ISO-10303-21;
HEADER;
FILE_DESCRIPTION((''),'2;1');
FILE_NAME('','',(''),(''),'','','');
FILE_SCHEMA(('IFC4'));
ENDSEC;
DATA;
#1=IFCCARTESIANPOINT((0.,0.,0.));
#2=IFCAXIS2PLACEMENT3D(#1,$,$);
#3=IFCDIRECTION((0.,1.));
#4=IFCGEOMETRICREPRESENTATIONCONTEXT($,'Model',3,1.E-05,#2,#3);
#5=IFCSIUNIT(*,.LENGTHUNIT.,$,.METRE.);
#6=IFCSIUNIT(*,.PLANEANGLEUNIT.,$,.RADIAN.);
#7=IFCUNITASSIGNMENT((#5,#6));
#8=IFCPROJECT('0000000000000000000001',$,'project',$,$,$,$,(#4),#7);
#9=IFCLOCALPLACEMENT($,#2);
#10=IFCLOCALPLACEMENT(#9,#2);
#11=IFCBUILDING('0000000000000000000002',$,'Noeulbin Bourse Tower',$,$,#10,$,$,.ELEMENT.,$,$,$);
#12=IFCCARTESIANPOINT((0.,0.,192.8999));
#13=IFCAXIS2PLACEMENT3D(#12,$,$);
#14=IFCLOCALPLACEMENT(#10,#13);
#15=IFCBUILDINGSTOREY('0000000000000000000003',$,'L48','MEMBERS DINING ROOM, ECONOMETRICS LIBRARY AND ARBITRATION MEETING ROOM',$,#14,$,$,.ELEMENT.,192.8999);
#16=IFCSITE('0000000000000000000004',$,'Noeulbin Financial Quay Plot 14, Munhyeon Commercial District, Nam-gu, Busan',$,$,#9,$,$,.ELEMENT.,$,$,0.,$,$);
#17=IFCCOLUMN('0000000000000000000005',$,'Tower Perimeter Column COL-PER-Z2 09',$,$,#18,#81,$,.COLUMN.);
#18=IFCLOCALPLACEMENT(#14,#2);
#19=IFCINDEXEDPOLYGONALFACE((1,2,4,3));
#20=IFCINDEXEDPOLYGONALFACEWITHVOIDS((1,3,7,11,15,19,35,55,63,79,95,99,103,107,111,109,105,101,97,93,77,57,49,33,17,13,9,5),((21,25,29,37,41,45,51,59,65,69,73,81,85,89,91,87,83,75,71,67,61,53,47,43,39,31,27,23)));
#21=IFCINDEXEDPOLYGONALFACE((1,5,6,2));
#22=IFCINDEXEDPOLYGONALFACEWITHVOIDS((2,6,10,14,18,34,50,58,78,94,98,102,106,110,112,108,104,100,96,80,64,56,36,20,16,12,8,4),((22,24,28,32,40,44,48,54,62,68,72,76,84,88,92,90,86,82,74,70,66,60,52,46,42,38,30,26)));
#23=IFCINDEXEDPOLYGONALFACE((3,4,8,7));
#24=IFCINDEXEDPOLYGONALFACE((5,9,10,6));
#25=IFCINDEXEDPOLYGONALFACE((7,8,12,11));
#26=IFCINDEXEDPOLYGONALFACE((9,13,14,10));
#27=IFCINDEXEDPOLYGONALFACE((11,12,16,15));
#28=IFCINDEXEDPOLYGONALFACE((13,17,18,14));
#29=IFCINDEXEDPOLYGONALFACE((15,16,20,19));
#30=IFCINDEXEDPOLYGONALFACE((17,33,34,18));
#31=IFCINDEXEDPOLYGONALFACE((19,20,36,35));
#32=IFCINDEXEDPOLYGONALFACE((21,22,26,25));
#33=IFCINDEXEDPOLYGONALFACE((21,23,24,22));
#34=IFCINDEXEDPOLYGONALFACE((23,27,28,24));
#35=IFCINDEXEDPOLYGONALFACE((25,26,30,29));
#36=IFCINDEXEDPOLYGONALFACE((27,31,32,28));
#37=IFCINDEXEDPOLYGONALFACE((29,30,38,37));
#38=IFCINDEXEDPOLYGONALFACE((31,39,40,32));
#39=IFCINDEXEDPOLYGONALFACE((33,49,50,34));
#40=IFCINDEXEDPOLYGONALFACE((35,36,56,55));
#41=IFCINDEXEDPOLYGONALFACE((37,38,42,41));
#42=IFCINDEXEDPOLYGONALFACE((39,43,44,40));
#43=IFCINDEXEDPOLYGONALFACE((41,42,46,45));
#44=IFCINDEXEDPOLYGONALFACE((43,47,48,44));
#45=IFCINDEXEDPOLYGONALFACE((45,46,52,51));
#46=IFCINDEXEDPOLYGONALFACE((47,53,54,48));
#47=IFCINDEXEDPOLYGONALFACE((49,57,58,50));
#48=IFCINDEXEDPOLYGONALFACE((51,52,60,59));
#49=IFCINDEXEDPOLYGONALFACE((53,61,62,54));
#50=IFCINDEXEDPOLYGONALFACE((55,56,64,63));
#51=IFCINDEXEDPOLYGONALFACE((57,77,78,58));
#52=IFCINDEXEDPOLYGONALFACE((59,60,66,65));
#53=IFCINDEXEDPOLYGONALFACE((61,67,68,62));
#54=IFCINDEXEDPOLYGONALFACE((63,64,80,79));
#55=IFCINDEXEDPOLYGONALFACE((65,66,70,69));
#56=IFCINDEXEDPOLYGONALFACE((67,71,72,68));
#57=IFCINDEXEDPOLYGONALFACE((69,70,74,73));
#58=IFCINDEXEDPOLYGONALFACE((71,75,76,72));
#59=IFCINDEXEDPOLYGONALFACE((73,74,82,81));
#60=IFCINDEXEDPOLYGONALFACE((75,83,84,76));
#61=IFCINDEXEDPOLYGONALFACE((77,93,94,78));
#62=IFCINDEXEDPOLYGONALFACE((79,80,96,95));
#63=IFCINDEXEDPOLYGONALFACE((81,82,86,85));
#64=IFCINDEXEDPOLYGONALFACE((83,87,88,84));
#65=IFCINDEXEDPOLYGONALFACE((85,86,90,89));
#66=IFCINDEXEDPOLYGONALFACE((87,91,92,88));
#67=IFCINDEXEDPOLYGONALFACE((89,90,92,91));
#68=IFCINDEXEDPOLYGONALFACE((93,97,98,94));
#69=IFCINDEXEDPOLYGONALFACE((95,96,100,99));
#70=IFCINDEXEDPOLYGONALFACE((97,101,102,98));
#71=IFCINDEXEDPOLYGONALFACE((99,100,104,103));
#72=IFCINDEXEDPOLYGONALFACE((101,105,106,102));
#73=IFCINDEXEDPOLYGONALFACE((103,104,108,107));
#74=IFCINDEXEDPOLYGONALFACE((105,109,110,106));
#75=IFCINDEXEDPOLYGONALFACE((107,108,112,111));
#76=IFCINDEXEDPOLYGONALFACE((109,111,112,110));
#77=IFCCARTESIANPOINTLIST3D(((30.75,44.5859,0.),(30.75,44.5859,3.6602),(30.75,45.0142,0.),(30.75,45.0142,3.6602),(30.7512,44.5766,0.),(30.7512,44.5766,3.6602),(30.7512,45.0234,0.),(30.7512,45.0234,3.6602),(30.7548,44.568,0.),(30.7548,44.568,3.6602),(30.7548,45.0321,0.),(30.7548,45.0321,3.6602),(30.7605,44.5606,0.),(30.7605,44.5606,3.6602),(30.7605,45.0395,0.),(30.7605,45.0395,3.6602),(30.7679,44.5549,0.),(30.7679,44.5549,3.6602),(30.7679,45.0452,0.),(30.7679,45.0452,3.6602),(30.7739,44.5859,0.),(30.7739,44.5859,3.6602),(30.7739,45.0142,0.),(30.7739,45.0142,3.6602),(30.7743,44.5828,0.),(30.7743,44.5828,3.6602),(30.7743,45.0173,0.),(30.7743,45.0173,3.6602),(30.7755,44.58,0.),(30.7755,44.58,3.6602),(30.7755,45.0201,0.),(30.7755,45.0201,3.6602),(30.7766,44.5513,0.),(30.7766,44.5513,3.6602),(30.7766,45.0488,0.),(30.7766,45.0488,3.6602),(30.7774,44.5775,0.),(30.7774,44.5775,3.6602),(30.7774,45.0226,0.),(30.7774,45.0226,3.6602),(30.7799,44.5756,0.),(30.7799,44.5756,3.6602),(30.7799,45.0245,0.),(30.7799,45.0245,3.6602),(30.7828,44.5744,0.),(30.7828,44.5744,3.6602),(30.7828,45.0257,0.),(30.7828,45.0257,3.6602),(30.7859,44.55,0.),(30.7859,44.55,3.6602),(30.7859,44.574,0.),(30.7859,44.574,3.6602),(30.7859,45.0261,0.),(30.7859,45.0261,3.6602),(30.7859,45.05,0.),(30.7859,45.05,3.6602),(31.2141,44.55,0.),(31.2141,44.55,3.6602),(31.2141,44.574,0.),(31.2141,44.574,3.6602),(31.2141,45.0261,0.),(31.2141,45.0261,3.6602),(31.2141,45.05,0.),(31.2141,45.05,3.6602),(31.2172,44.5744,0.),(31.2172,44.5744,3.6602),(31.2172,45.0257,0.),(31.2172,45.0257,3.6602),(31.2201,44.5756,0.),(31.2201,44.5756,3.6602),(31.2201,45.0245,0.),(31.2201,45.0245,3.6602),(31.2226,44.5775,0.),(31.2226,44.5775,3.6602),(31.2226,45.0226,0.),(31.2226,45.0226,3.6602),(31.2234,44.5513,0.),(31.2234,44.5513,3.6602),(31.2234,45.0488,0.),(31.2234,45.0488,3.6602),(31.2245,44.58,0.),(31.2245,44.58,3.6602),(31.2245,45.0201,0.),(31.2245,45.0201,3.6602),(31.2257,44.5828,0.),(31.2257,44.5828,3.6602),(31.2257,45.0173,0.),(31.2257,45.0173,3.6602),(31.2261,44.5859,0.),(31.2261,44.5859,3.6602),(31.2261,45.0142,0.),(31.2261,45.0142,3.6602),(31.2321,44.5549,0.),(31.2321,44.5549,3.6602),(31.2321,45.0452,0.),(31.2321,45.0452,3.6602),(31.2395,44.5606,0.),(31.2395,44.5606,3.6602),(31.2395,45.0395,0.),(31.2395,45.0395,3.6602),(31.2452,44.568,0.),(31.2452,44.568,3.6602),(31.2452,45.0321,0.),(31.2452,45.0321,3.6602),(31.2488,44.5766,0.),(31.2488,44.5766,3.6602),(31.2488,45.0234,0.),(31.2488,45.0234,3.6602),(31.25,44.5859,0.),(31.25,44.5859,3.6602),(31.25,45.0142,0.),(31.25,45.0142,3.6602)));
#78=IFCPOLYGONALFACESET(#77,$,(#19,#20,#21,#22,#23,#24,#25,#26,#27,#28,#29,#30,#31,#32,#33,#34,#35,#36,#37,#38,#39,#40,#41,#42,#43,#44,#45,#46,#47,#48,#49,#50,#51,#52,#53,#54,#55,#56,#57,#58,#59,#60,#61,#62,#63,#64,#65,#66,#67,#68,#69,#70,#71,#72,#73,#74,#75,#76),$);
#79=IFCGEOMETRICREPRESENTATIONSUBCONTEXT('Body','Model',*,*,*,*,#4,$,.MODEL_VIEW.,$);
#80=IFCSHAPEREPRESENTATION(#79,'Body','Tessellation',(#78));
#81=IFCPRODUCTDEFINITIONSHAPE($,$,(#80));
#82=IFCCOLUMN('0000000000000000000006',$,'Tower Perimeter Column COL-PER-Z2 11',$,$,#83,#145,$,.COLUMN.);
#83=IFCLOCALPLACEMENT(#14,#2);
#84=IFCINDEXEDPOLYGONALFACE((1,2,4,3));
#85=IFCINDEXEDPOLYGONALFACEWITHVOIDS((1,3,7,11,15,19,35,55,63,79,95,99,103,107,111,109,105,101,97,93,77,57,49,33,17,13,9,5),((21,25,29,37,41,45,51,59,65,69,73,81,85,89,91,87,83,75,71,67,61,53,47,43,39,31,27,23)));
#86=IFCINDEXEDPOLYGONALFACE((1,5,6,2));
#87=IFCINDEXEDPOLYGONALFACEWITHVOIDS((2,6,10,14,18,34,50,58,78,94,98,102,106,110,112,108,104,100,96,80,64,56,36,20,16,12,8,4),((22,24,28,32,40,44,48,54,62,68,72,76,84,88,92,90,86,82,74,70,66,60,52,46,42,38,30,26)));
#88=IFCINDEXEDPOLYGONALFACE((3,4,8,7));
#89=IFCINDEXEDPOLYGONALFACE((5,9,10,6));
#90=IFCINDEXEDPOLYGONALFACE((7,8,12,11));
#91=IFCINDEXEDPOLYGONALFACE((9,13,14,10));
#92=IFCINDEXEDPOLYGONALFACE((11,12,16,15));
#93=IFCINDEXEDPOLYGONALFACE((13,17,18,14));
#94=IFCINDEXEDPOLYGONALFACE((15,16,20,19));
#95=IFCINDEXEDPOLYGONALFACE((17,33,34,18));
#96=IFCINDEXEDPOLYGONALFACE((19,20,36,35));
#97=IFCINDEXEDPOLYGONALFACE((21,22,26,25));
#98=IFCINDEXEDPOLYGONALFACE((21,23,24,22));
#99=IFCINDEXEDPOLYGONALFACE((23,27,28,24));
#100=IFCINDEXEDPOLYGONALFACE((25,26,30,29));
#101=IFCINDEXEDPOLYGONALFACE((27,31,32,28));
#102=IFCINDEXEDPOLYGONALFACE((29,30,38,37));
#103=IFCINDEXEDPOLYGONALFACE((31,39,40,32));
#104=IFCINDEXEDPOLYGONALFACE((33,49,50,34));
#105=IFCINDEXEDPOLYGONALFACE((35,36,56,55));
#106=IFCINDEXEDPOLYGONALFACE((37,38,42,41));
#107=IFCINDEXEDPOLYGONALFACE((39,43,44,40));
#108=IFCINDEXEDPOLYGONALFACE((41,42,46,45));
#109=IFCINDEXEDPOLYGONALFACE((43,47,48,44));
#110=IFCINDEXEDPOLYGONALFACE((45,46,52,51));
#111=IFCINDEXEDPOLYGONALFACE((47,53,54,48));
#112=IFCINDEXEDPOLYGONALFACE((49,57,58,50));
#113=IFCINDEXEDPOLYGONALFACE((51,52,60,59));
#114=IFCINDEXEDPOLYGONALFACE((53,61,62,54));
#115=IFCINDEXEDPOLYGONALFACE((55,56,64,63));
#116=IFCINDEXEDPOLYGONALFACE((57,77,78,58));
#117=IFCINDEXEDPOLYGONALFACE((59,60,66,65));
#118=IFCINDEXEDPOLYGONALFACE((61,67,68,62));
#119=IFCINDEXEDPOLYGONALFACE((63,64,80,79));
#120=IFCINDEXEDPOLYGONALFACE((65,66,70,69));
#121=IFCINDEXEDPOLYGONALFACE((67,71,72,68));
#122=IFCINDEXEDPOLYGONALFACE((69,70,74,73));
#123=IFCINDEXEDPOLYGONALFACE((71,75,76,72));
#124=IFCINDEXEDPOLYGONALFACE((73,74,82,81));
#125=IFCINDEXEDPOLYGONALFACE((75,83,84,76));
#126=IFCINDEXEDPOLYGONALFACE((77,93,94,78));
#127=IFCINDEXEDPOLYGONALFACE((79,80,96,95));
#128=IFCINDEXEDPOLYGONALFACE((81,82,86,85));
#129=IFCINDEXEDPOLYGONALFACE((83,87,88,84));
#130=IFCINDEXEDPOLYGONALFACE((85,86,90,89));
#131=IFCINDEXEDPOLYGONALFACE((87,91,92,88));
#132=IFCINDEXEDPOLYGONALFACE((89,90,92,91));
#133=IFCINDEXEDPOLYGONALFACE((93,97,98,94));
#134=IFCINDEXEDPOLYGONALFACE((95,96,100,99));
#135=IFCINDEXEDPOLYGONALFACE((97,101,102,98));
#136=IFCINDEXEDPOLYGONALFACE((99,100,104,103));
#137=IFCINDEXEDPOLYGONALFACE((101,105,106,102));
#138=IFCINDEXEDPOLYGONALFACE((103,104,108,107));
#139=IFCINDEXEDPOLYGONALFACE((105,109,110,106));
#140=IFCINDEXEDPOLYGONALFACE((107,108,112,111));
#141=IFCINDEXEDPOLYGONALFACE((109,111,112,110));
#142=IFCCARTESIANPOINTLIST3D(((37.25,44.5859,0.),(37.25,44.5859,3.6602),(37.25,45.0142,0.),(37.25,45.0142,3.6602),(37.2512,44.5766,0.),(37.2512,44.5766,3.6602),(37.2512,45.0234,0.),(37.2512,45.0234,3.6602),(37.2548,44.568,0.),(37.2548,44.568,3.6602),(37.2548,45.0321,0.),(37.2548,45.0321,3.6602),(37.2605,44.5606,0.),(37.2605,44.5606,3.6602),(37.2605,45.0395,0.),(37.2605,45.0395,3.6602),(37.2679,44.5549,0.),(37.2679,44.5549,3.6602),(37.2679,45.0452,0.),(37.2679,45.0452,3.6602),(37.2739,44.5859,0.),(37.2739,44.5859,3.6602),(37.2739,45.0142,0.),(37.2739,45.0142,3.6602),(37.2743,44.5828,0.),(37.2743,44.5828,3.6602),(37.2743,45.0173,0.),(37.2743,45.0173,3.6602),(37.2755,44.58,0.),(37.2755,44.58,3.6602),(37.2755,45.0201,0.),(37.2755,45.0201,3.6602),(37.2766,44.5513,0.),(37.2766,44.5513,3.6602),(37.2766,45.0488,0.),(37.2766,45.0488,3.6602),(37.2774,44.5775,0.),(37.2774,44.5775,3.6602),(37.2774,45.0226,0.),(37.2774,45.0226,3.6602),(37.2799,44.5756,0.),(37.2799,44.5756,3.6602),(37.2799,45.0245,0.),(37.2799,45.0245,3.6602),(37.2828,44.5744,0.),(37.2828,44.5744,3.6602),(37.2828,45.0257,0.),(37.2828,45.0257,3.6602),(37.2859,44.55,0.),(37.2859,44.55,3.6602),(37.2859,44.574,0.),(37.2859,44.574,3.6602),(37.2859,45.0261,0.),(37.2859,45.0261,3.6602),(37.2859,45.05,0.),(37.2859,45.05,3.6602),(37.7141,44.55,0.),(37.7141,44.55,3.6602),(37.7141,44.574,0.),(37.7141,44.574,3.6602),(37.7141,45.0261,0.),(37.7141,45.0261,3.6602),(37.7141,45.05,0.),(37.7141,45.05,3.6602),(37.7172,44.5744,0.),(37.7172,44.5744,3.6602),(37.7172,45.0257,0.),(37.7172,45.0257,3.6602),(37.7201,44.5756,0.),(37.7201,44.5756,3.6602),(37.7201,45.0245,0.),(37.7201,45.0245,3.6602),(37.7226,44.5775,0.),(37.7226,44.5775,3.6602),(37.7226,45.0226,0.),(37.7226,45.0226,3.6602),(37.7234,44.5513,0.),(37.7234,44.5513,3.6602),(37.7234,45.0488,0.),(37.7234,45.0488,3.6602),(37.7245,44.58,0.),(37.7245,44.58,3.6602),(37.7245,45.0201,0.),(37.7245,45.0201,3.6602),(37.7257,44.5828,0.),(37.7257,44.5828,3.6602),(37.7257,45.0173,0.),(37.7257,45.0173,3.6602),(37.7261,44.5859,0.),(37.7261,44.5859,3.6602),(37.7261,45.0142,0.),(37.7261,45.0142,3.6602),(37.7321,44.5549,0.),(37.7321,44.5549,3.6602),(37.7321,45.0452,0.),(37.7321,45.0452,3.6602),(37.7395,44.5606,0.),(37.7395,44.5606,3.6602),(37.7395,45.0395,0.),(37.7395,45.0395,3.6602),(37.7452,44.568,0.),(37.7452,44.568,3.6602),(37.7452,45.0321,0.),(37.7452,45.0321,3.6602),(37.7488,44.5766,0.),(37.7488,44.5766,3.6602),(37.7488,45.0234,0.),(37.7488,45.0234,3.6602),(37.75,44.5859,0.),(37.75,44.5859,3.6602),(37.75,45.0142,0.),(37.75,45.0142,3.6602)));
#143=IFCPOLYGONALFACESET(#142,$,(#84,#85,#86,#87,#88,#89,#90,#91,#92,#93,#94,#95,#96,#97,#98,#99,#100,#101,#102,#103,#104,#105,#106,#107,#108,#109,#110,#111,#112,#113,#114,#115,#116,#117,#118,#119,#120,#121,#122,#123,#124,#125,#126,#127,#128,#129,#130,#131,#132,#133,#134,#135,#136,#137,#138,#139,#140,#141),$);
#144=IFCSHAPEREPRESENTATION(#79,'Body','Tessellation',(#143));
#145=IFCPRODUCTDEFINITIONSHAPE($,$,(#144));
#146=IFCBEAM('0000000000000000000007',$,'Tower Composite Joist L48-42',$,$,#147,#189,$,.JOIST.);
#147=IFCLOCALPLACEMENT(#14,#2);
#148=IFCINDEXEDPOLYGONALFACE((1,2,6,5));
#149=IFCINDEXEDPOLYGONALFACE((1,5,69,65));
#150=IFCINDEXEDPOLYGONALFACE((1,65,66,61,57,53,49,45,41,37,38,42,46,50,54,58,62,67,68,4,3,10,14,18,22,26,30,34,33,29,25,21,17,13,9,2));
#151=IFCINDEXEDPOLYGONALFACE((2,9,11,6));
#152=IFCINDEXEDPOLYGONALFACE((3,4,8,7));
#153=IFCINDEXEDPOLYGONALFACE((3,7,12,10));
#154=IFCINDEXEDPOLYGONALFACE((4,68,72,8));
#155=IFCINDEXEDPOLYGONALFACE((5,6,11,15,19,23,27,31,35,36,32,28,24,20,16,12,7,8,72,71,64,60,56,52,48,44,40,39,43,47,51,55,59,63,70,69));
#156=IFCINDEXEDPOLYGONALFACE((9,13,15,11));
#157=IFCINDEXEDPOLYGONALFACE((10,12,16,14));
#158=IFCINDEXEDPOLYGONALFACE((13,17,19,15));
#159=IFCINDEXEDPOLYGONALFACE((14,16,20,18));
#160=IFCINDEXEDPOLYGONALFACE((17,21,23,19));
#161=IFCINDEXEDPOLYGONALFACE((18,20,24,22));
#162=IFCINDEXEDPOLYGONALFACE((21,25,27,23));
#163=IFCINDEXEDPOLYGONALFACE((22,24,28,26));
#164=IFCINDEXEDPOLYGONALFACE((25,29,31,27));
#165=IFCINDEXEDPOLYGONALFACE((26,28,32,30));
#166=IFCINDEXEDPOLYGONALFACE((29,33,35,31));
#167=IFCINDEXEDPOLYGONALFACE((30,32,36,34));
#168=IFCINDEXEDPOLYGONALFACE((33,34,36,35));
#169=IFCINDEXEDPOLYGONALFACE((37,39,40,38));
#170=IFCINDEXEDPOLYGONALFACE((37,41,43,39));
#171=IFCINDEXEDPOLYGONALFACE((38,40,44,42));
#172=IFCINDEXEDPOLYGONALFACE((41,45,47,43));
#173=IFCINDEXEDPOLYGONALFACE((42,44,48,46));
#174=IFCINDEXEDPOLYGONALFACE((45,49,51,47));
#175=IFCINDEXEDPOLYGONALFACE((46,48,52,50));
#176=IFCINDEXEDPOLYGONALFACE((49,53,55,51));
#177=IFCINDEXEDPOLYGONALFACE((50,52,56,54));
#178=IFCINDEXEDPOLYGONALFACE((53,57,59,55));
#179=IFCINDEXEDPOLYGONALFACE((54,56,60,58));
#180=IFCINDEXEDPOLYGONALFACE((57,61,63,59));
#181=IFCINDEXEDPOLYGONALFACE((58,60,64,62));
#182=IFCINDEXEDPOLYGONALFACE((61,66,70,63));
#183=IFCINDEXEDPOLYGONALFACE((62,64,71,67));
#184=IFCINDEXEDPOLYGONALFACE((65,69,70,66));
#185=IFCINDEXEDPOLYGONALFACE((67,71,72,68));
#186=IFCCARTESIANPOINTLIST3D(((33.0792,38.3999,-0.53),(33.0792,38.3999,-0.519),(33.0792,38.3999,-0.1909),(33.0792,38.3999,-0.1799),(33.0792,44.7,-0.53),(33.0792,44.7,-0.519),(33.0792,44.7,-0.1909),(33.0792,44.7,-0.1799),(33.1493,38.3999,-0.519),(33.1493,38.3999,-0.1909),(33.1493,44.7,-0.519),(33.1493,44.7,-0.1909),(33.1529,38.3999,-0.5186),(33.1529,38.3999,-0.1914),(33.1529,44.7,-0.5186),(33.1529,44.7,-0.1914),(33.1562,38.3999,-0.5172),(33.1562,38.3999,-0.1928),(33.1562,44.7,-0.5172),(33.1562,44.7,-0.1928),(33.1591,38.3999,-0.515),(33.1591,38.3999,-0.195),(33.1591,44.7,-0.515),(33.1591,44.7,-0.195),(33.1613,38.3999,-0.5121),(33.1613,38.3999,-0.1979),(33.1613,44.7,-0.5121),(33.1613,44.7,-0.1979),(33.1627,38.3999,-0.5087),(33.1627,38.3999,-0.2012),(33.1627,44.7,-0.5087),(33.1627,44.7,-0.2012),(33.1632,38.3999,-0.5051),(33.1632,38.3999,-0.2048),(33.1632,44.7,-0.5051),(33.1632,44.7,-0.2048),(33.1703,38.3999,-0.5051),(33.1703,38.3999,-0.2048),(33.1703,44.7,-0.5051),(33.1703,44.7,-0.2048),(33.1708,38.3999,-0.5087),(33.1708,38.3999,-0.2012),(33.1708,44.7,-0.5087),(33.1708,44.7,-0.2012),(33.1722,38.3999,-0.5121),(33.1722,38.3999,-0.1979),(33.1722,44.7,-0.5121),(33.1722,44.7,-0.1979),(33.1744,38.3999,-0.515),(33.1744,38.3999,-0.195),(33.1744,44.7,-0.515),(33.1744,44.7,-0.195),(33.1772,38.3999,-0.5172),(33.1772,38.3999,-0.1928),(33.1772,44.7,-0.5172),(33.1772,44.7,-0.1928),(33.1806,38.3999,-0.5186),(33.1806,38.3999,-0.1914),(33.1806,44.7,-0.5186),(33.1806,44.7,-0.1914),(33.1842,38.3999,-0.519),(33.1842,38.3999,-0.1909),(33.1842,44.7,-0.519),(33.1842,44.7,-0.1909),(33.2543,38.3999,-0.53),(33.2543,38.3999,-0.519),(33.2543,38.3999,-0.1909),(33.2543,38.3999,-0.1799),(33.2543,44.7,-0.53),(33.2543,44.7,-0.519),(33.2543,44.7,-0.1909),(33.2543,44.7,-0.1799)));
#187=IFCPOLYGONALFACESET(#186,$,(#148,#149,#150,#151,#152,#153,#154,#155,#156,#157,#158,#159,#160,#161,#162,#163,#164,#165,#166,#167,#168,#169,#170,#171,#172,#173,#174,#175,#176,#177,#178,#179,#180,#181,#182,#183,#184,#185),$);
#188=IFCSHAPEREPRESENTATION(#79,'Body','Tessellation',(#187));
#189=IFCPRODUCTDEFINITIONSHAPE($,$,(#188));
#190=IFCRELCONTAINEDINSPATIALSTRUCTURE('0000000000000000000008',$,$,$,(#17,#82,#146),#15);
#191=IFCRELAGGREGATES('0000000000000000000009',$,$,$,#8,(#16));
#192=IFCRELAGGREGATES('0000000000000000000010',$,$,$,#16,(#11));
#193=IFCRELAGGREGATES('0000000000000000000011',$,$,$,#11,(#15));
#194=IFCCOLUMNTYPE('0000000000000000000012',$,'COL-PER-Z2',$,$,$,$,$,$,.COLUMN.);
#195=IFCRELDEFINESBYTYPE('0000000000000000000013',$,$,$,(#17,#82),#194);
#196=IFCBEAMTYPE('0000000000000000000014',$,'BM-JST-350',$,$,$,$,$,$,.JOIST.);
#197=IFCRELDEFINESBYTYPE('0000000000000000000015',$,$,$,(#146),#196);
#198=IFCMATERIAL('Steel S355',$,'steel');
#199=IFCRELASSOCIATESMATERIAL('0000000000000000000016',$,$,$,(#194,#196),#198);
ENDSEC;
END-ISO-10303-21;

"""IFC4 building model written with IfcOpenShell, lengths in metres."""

from ifc_helpers import new_model, si_unit, direction, frame, origin, origin_2d, place, context, subcontext, project, spatial, hollow_rectangle, i_section, extrude, material, material_profile, profile_set, type_object, element, save


model = new_model("IFC4")

# Units and contexts
model_context = context("Model", 3, precision=1e-05, world=origin(), true_north=direction((0.0, 1.0)))
body_context = subcontext(model_context, "Body", "Model", "MODEL_VIEW")
ifc_project = project(units=[si_unit("LENGTHUNIT", "METRE"), si_unit("PLANEANGLEUNIT", "RADIAN")], contexts=[model_context])

# Site, building, storey
site_placement = place(None, origin())
site = spatial("IfcSite", under=ifc_project, at=site_placement, Name="Noeulbin Financial Quay Plot 14, Munhyeon Commercial District, Nam-gu, Busan", CompositionType="ELEMENT", RefElevation=0.0)
building_placement = place(site_placement, origin())
building = spatial("IfcBuilding", under=site, at=building_placement, Name="Noeulbin Bourse Tower", CompositionType="ELEMENT")
storey_placement = place(building_placement, frame((0.0, 0.0, 192.8999)))
storey = spatial("IfcBuildingStorey", under=building, at=storey_placement, Name="L48", Description="MEMBERS DINING ROOM, ECONOMETRICS LIBRARY AND ARBITRATION MEETING ROOM", CompositionType="ELEMENT", Elevation=192.8999)

# Columns
ifc_material_1 = material(Name="Steel S355", Category="steel")
ifc_material_profile_1 = material_profile(ifc_material_1, hollow_rectangle(XDim=0.5, YDim=0.5, WallThickness=0.0239, InnerFilletRadius=0.012, OuterFilletRadius=0.0359, at=origin_2d()), Name="BOX-500x500x24", Category="LoadBearing")
ifc_profile_set_1 = profile_set([ifc_material_profile_1], Name="Steel S355")
column_type = type_object("IfcColumnType", Name="COL-PER-Z2", PredefinedType="COLUMN", material=ifc_profile_set_1)
for number, where, z_axis, x_axis, name in (
    (1, (31.0, 44.8, 0.0), (0.0, 0.0, 1.0), (1.0, 0.0, 0.0), "Tower Perimeter Column COL-PER-Z2 09"),
    (2, (37.5, 44.8, 0.0), (0.0, 0.0, 1.0), (1.0, 0.0, 0.0), "Tower Perimeter Column COL-PER-Z2 11"),
):
    element("IfcColumn", number, at=place(storey_placement, frame(where, z_axis=z_axis, x_axis=x_axis)), inside=storey, type_object=column_type, Name=name, PredefinedType="COLUMN", context=body_context, shape_type="SweptSolid", body=[
        extrude(hollow_rectangle(XDim=0.5, YDim=0.5, WallThickness=0.0239, InnerFilletRadius=0.012, OuterFilletRadius=0.0359, at=origin_2d()), origin(), (0.0, 0.0, 1.0), 3.6602),
    ])

# Beam
ifc_material_profile_2 = material_profile(ifc_material_1, i_section(OverallWidth=0.175, OverallDepth=0.3501, WebThickness=0.0071, FlangeThickness=0.011, FilletRadius=0.0139, at=origin_2d()), Name="H-350x175x7x11", Category="LoadBearing")
ifc_profile_set_2 = profile_set([ifc_material_profile_2], Name="Steel S355")
beam_type_1 = type_object("IfcBeamType", Name="BM-JST-350", PredefinedType="JOIST", material=ifc_profile_set_2)
for number, where, z_axis, x_axis, name in (
    (3, (33.1667, 38.3999, -0.355), (0.0, 1.0, 0.0), (-1.0, 0.0, 0.0), "Tower Composite Joist L48-42"),
):
    element("IfcBeam", number, at=place(storey_placement, frame(where, z_axis=z_axis, x_axis=x_axis)), inside=storey, type_object=beam_type_1, Name=name, PredefinedType="JOIST", context=body_context, shape_type="SweptSolid", body=[
        extrude(i_section(OverallWidth=0.175, OverallDepth=0.3501, WebThickness=0.0071, FlangeThickness=0.011, FilletRadius=0.0139, at=origin_2d()), origin(), (0.0, 0.0, 1.0), 6.3),
    ])

save(model, "model.ifc")
